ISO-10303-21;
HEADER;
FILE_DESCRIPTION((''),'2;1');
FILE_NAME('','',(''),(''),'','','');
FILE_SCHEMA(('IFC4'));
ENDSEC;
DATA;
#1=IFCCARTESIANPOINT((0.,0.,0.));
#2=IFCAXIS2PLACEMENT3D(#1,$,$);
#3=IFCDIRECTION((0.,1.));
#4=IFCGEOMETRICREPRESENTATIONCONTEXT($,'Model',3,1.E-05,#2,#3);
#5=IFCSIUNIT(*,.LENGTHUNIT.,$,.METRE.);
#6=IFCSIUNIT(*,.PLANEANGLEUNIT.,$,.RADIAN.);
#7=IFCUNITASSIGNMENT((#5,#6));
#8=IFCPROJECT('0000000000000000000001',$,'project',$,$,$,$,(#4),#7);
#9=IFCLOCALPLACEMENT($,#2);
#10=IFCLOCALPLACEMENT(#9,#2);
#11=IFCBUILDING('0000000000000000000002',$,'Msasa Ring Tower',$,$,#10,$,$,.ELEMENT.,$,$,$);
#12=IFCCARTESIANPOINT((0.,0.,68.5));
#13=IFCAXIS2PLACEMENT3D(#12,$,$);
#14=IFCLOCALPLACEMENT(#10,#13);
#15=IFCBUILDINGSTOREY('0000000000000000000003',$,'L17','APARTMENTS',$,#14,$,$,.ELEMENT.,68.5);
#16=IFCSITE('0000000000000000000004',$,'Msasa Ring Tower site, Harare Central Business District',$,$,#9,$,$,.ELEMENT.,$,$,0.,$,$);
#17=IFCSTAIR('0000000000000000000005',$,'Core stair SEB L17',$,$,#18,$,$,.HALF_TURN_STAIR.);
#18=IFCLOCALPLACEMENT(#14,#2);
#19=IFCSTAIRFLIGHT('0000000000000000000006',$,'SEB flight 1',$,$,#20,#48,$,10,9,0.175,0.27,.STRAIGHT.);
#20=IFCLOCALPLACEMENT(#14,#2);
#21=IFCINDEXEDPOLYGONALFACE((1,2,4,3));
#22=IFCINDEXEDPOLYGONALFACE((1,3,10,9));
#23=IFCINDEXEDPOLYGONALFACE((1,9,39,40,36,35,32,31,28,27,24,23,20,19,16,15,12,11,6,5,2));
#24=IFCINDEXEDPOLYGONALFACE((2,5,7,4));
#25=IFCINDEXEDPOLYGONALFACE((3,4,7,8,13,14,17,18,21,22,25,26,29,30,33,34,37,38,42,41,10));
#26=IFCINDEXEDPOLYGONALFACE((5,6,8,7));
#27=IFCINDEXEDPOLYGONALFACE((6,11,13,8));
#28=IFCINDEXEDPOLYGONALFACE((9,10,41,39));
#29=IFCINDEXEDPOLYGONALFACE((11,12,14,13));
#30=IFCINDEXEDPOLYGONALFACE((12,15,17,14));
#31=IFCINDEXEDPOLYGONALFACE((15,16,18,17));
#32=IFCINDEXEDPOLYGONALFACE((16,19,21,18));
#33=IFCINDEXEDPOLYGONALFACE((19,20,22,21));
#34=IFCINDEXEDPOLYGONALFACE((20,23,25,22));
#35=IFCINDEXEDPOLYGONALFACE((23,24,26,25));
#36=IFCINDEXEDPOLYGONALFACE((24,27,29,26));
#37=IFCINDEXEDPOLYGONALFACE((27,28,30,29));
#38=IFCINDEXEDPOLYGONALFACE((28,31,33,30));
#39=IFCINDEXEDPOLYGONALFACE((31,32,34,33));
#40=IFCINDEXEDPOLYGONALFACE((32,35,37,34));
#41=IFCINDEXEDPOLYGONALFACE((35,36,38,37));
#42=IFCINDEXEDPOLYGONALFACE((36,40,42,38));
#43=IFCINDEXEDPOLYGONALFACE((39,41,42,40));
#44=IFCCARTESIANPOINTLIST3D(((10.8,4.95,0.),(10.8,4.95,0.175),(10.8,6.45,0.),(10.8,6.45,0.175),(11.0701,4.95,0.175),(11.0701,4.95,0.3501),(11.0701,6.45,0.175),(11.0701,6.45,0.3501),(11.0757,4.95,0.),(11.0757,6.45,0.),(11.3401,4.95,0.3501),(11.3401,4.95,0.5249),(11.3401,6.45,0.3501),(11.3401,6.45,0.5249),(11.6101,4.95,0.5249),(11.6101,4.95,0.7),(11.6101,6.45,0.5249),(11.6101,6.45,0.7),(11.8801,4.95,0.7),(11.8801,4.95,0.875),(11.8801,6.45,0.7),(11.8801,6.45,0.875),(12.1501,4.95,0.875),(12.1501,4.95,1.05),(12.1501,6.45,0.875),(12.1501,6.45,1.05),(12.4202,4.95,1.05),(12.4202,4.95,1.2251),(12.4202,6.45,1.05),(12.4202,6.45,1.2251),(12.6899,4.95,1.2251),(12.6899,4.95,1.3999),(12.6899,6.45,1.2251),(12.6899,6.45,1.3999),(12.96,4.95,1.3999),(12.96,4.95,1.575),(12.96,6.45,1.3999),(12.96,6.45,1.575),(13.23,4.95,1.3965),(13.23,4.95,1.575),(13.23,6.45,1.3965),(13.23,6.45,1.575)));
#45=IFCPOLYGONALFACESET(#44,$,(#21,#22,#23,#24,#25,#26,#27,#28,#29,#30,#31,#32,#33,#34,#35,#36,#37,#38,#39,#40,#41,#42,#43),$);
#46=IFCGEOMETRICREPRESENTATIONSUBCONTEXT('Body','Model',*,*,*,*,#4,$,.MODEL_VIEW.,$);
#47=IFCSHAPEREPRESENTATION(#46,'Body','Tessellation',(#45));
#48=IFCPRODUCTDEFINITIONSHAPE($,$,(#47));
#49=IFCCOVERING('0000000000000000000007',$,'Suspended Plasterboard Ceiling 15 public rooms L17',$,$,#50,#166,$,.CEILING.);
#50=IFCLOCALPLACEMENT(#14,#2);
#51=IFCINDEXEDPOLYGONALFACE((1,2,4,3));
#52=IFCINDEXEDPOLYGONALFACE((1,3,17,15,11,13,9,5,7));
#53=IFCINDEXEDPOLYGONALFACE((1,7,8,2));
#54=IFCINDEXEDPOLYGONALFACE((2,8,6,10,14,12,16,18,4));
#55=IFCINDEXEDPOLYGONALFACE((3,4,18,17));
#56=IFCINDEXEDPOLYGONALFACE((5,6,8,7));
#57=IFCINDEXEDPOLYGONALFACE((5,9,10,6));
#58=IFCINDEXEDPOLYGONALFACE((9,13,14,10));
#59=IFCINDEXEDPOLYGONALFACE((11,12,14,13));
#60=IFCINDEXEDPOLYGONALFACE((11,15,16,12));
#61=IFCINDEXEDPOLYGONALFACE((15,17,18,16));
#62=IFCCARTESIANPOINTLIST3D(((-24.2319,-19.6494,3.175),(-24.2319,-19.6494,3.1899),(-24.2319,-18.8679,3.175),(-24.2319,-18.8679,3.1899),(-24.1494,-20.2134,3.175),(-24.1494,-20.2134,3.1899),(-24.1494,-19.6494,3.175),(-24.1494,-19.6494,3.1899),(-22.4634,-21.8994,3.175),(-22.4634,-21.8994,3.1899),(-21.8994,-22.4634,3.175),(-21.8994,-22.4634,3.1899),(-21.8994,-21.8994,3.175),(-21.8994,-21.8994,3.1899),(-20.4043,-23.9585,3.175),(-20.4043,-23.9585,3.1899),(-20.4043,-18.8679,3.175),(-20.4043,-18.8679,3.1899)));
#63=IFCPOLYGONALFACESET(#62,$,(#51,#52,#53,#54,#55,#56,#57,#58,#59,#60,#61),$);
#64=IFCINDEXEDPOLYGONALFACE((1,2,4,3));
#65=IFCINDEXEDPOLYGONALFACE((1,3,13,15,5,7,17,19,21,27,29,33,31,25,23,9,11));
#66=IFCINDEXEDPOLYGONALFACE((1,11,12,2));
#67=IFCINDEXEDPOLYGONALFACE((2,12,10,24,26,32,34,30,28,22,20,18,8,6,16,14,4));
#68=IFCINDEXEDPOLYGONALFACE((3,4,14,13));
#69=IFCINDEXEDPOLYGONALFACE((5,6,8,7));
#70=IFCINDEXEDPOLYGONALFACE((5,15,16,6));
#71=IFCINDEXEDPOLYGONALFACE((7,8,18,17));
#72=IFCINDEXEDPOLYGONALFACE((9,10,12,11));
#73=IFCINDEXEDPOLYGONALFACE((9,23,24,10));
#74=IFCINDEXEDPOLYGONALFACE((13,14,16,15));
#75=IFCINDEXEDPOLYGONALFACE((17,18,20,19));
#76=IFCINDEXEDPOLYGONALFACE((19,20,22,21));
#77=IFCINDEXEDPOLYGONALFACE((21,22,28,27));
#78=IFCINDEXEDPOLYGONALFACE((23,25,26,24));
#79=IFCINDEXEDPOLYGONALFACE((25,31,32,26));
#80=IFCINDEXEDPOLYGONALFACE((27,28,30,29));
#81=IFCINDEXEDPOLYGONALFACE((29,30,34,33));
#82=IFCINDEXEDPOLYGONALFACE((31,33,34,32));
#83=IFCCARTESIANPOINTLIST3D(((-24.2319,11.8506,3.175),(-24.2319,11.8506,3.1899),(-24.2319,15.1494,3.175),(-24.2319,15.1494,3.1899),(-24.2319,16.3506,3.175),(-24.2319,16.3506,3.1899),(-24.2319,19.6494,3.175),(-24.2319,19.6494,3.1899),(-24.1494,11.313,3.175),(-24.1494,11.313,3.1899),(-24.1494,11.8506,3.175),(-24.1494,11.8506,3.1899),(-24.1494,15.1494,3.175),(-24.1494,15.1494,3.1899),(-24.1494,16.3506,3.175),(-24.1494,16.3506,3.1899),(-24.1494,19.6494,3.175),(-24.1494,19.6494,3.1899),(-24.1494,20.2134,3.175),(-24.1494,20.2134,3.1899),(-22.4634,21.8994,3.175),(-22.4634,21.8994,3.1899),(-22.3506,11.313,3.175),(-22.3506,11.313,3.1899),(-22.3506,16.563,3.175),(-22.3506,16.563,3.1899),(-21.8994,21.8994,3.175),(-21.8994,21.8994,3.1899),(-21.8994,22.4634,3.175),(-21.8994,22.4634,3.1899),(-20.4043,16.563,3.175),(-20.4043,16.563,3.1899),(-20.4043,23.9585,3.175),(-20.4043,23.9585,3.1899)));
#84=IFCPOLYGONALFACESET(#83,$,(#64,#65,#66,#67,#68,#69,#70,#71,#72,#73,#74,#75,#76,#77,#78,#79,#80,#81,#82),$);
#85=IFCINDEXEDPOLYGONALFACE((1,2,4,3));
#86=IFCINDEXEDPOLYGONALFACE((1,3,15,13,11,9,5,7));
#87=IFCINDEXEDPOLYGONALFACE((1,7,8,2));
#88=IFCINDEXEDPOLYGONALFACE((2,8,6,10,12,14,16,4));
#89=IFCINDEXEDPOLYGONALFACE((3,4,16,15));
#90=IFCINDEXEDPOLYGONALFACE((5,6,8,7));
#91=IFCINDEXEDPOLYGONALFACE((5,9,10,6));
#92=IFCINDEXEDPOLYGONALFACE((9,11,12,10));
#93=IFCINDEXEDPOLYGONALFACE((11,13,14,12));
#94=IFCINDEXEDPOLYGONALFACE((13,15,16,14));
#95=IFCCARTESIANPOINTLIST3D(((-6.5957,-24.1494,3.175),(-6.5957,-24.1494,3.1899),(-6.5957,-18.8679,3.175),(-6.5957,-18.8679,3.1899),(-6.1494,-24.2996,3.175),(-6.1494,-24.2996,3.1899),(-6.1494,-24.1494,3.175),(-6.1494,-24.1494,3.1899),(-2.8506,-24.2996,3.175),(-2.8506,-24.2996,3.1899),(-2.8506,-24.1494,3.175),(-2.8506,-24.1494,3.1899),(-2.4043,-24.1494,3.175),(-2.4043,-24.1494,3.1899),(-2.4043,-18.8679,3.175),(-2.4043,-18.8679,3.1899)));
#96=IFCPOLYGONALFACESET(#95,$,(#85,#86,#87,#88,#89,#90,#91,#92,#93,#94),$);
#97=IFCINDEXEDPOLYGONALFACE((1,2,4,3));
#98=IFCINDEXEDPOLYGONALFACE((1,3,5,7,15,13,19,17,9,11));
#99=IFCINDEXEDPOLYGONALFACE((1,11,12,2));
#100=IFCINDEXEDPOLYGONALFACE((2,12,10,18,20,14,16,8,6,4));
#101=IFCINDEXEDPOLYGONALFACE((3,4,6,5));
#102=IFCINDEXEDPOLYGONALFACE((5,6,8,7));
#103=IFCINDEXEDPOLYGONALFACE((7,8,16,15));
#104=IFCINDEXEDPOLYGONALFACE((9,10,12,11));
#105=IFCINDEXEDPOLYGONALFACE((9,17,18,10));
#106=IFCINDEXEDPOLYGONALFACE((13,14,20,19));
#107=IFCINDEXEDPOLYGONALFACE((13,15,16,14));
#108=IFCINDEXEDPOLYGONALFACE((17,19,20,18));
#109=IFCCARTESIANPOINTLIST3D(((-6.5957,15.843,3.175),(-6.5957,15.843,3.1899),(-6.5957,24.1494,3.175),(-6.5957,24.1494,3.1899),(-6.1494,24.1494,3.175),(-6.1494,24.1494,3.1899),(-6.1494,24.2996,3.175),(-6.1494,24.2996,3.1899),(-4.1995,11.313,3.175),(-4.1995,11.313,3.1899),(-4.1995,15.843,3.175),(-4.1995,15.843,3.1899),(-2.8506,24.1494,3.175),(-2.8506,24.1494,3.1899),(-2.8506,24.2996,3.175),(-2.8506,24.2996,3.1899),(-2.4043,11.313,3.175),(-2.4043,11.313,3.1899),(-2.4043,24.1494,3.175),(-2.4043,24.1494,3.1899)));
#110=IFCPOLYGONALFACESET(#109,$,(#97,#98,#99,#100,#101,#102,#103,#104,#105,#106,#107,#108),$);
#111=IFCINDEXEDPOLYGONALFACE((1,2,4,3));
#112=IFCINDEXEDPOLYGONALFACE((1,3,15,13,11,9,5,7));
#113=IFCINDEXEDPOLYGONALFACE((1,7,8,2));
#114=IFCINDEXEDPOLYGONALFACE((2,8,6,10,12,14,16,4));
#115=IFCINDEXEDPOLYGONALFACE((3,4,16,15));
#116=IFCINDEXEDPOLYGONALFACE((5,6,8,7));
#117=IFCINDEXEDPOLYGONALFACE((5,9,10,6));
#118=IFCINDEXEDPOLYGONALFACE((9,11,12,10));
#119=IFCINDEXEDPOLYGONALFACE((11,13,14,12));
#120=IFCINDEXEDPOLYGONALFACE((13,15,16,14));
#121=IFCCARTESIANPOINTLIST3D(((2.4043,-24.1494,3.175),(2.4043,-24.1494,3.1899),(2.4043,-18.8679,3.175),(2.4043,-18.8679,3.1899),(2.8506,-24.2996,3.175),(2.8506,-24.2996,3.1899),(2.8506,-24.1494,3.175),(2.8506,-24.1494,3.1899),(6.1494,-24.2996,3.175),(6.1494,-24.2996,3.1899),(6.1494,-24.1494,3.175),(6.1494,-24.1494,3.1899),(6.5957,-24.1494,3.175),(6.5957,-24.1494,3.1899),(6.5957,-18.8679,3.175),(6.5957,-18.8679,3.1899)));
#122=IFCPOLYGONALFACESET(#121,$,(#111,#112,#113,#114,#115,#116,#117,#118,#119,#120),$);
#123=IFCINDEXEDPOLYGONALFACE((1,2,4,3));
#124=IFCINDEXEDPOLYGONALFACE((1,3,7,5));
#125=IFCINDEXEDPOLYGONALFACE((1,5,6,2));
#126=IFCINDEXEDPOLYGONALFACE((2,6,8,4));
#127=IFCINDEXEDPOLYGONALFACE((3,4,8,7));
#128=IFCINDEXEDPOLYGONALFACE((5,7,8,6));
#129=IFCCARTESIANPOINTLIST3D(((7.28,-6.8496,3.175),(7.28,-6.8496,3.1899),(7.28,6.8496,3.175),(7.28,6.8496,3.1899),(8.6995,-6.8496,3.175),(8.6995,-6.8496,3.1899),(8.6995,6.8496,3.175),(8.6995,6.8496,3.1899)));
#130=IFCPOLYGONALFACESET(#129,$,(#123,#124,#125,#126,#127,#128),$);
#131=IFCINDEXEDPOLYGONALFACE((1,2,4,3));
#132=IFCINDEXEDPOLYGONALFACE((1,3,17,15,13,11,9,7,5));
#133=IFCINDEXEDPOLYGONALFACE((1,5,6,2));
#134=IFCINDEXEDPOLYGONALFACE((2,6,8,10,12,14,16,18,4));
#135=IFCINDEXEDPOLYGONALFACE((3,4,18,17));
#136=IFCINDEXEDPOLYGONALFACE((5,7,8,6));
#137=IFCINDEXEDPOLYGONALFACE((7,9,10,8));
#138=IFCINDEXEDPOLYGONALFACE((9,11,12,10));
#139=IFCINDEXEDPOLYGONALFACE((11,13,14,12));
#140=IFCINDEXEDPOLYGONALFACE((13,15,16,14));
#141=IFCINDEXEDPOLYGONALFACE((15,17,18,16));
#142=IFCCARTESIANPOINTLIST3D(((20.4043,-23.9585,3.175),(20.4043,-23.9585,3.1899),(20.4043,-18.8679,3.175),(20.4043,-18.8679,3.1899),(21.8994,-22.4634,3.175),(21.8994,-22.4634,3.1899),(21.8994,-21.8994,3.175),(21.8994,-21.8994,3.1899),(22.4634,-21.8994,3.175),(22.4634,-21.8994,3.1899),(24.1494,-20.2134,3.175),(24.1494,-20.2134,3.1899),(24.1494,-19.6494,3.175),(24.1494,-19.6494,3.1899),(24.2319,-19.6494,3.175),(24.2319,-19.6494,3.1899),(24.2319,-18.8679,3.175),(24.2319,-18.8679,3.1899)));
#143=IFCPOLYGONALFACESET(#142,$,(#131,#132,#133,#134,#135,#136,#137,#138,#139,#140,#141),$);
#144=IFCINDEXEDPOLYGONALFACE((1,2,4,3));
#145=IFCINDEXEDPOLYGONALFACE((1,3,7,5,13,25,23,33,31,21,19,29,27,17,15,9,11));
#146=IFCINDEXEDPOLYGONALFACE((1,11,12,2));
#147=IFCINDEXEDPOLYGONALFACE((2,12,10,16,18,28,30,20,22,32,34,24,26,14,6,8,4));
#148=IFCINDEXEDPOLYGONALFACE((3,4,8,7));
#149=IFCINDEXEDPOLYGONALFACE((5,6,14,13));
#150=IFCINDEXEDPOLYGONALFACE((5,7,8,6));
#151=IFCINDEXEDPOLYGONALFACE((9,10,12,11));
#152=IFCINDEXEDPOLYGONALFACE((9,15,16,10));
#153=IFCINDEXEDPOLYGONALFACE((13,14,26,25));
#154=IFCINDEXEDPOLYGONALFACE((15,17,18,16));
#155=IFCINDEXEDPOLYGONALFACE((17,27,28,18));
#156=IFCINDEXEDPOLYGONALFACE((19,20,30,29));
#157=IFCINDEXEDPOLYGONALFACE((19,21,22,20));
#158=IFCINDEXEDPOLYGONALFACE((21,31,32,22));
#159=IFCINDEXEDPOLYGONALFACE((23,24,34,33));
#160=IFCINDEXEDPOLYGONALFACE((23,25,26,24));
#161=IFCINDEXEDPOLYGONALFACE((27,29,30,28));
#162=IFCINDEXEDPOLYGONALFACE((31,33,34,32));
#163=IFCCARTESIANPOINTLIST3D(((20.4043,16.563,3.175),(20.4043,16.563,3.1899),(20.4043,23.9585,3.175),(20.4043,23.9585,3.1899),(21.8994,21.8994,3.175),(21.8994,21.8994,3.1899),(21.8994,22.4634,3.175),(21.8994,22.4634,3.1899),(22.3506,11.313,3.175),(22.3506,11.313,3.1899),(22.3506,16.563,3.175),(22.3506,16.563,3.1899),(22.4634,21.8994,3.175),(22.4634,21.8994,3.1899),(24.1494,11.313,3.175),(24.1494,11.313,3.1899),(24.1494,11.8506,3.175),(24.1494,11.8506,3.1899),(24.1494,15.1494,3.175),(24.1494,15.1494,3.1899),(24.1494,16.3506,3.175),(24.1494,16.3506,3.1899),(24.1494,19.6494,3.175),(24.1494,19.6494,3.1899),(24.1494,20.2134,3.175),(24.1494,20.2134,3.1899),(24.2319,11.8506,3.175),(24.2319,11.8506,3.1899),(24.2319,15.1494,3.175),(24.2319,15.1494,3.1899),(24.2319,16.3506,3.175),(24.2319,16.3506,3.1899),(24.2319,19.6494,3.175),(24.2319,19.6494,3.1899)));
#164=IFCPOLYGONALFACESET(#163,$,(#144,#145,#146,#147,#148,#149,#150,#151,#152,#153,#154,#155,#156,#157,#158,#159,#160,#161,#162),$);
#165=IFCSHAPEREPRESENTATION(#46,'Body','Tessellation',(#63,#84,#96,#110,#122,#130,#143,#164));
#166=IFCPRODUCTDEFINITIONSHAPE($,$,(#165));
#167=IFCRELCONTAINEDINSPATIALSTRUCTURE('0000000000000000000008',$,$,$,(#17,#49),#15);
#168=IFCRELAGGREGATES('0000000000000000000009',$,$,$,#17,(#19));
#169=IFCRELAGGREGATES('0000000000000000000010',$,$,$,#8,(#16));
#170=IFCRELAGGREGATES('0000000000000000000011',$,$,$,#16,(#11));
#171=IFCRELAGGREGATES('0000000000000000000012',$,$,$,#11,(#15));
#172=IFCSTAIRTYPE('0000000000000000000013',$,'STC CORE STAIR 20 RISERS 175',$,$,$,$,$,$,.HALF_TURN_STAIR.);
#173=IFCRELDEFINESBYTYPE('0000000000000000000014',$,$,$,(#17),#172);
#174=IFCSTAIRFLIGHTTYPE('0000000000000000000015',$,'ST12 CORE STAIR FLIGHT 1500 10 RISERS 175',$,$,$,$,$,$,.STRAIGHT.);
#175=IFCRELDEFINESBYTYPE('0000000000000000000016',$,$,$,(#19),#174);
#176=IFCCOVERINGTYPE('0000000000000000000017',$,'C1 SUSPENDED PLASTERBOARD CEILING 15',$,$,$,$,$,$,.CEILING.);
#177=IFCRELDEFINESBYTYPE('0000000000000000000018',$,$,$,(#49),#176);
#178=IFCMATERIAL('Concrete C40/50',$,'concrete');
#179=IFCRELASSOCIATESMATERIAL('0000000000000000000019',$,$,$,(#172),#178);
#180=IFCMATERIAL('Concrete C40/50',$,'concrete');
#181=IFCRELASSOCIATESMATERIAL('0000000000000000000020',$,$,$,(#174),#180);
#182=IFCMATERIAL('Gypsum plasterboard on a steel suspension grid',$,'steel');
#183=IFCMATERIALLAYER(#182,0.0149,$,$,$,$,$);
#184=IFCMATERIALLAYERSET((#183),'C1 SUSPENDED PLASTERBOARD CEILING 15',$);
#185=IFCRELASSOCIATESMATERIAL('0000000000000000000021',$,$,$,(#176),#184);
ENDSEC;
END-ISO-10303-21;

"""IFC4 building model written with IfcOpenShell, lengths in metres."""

from ifc_helpers import new_model, si_unit, direction, frame, origin, place, context, subcontext, project, spatial, polyline, line, indexed_curve, outline, extrude, material, layer, layer_set, type_object, element, aggregate, save


model = new_model("IFC4")

# Units and contexts
model_context = context("Model", 3, precision=1e-05, world=origin(), true_north=direction((0.0, 1.0)))
body_context = subcontext(model_context, "Body", "Model", "MODEL_VIEW")
ifc_project = project(units=[si_unit("LENGTHUNIT", "METRE"), si_unit("PLANEANGLEUNIT", "RADIAN")], contexts=[model_context])

# Site, building, storey
site_placement = place(None, origin())
site = spatial("IfcSite", under=ifc_project, at=site_placement, Name="Msasa Ring Tower site, Harare Central Business District", CompositionType="ELEMENT", RefElevation=0.0)
building_placement = place(site_placement, origin())
building = spatial("IfcBuilding", under=site, at=building_placement, Name="Msasa Ring Tower", CompositionType="ELEMENT")
storey_placement = place(building_placement, frame((0.0, 0.0, 68.5)))
storey = spatial("IfcBuildingStorey", under=building, at=storey_placement, Name="L17", Description="APARTMENTS", CompositionType="ELEMENT", Elevation=68.5)

# Shared definitions
ifc_material_1 = material(Name="Concrete C40/50", Category="concrete")
stair_type = type_object("IfcStairType", Name="STC CORE STAIR 20 RISERS 175", PredefinedType="HALF_TURN_STAIR", material=ifc_material_1)

# Stair, stair flight
stair_1_placement = place(storey_placement, origin())
stair_1 = element("IfcStair", 1, at=stair_1_placement, inside=storey, type_object=stair_type, Name="Core stair SEB L17", PredefinedType="HALF_TURN_STAIR")
ifc_material_2 = material(Name="Concrete C40/50", Category="concrete")
stair_flight_type = type_object("IfcStairFlightType", Name="ST12 CORE STAIR FLIGHT 1500 10 RISERS 175", PredefinedType="STRAIGHT", material=ifc_material_2)
stair_flight_placement = place(storey_placement, frame((10.8, 5.7, 0.0), z_axis=(0.0, 0.0, 1.0), x_axis=(1.0, 0.0, 0.0)))
stair_flight = element("IfcStairFlight", 2, at=stair_flight_placement, type_object=stair_flight_type, Name="SEB flight 1", NumberOfRisers=10, NumberOfTreads=9, PredefinedType="STRAIGHT", RiserHeight=0.175, TreadLength=0.27, context=body_context, shape_type="SweptSolid", body=[
    extrude(outline(polyline([(0.0, 0.0), (0.0, 0.175), (0.27, 0.175), (0.27, 0.3501), (0.54, 0.3501), (0.54, 0.5249), (0.8101, 0.5249), (0.8101, 0.7), (1.0801, 0.7), (1.0801, 0.875), (1.3501, 0.875), (1.3501, 1.05), (1.6201, 1.05), (1.6201, 1.2251), (1.8899, 1.2251), (1.8899, 1.3999), (2.1599, 1.3999), (2.1599, 1.575), (2.4299, 1.575), (2.4299, 1.75), (2.4299, 1.3965), (0.2756, 0.0), (0.0, 0.0)])), frame((0.0, 0.75, 0.0), z_axis=(0.0, -1.0, 0.0), x_axis=(1.0, 0.0, 0.0)), (0.0, 0.0, 1.0), 1.5),
])
aggregate(stair_1, [stair_flight])

# Covering
ifc_material_3 = material(Name="Gypsum plasterboard on a steel suspension grid", Category="steel")
ifc_layer_1 = layer(ifc_material_3, 0.0149)
ifc_layer_set_1 = layer_set([ifc_layer_1], Name="C1 SUSPENDED PLASTERBOARD CEILING 15")
covering_type_1 = type_object("IfcCoveringType", Name="C1 SUSPENDED PLASTERBOARD CEILING 15", PredefinedType="CEILING", material=ifc_layer_set_1)
covering_1_placement = place(storey_placement, frame((0.0, 0.0, 3.175)))
element("IfcCovering", 3, at=covering_1_placement, inside=storey, type_object=covering_type_1, Name="Suspended Plasterboard Ceiling 15 public rooms L17", PredefinedType="CEILING", context=body_context, shape_type="SweptSolid", body=[
    extrude(outline(indexed_curve([(-24.2319, -18.8679), (-20.4043, -18.8679), (-20.4043, -23.9585), (-21.8994, -22.4634), (-21.8994, -21.8994), (-22.4634, -21.8994), (-24.1494, -20.2134), (-24.1494, -19.6494), (-24.2319, -19.6494)], segments=[line(1, 2, 3, 4, 5, 6, 7, 8, 9, 1)], self_intersect=False)), origin(), (0.0, 0.0, 1.0), 0.0149),
    extrude(outline(indexed_curve([(-22.3506, 11.313), (-24.1494, 11.313), (-24.1494, 11.8506), (-24.2319, 11.8506), (-24.2319, 15.1494), (-24.1494, 15.1494), (-24.1494, 16.3506), (-24.2319, 16.3506), (-24.2319, 19.6494), (-24.1494, 19.6494), (-24.1494, 20.2134), (-22.4634, 21.8994), (-21.8994, 21.8994), (-21.8994, 22.4634), (-20.4043, 23.9585), (-20.4043, 16.563), (-22.3506, 16.563)], segments=[line(1, 2, 3, 4, 5, 6, 7, 8, 9, 10, 11, 12, 13, 14, 15, 16, 17, 1)], self_intersect=False)), origin(), (0.0, 0.0, 1.0), 0.0149),
    extrude(outline(indexed_curve([(-2.4043, -18.8679), (-2.4043, -24.1494), (-2.8506, -24.1494), (-2.8506, -24.2996), (-6.1494, -24.2996), (-6.1494, -24.1494), (-6.5957, -24.1494), (-6.5957, -18.8679)], segments=[line(1, 2, 3, 4, 5, 6, 7, 8, 1)], self_intersect=False)), origin(), (0.0, 0.0, 1.0), 0.0149),
    extrude(outline(indexed_curve([(-2.8506, 24.2996), (-2.8506, 24.1494), (-2.4043, 24.1494), (-2.4043, 11.313), (-4.1995, 11.313), (-4.1995, 15.843), (-6.5957, 15.843), (-6.5957, 24.1494), (-6.1494, 24.1494), (-6.1494, 24.2996)], segments=[line(1, 2, 3, 4, 5, 6, 7, 8, 9, 10, 1)], self_intersect=False)), origin(), (0.0, 0.0, 1.0), 0.0149),
    extrude(outline(indexed_curve([(6.5957, -18.8679), (6.5957, -24.1494), (6.1494, -24.1494), (6.1494, -24.2996), (2.8506, -24.2996), (2.8506, -24.1494), (2.4043, -24.1494), (2.4043, -18.8679)], segments=[line(1, 2, 3, 4, 5, 6, 7, 8, 1)], self_intersect=False)), origin(), (0.0, 0.0, 1.0), 0.0149),
    extrude(outline(indexed_curve([(7.28, -6.8496), (7.28, 6.8496), (8.6995, 6.8496), (8.6995, -6.8496)], segments=[line(1, 2, 3, 4, 1)], self_intersect=False)), origin(), (0.0, 0.0, 1.0), 0.0149),
    extrude(outline(indexed_curve([(24.2319, -18.8679), (24.2319, -19.6494), (24.1494, -19.6494), (24.1494, -20.2134), (22.4634, -21.8994), (21.8994, -21.8994), (21.8994, -22.4634), (20.4043, -23.9585), (20.4043, -18.8679)], segments=[line(1, 2, 3, 4, 5, 6, 7, 8, 9, 1)], self_intersect=False)), origin(), (0.0, 0.0, 1.0), 0.0149),
    extrude(outline(indexed_curve([(21.8994, 22.4634), (21.8994, 21.8994), (22.4634, 21.8994), (24.1494, 20.2134), (24.1494, 19.6494), (24.2319, 19.6494), (24.2319, 16.3506), (24.1494, 16.3506), (24.1494, 15.1494), (24.2319, 15.1494), (24.2319, 11.8506), (24.1494, 11.8506), (24.1494, 11.313), (22.3506, 11.313), (22.3506, 16.563), (20.4043, 16.563), (20.4043, 23.9585)], segments=[line(1, 2, 3, 4, 5, 6, 7, 8, 9, 10, 11, 12, 13, 14, 15, 16, 17, 1)], self_intersect=False)), origin(), (0.0, 0.0, 1.0), 0.0149),
])

save(model, "model.ifc")
